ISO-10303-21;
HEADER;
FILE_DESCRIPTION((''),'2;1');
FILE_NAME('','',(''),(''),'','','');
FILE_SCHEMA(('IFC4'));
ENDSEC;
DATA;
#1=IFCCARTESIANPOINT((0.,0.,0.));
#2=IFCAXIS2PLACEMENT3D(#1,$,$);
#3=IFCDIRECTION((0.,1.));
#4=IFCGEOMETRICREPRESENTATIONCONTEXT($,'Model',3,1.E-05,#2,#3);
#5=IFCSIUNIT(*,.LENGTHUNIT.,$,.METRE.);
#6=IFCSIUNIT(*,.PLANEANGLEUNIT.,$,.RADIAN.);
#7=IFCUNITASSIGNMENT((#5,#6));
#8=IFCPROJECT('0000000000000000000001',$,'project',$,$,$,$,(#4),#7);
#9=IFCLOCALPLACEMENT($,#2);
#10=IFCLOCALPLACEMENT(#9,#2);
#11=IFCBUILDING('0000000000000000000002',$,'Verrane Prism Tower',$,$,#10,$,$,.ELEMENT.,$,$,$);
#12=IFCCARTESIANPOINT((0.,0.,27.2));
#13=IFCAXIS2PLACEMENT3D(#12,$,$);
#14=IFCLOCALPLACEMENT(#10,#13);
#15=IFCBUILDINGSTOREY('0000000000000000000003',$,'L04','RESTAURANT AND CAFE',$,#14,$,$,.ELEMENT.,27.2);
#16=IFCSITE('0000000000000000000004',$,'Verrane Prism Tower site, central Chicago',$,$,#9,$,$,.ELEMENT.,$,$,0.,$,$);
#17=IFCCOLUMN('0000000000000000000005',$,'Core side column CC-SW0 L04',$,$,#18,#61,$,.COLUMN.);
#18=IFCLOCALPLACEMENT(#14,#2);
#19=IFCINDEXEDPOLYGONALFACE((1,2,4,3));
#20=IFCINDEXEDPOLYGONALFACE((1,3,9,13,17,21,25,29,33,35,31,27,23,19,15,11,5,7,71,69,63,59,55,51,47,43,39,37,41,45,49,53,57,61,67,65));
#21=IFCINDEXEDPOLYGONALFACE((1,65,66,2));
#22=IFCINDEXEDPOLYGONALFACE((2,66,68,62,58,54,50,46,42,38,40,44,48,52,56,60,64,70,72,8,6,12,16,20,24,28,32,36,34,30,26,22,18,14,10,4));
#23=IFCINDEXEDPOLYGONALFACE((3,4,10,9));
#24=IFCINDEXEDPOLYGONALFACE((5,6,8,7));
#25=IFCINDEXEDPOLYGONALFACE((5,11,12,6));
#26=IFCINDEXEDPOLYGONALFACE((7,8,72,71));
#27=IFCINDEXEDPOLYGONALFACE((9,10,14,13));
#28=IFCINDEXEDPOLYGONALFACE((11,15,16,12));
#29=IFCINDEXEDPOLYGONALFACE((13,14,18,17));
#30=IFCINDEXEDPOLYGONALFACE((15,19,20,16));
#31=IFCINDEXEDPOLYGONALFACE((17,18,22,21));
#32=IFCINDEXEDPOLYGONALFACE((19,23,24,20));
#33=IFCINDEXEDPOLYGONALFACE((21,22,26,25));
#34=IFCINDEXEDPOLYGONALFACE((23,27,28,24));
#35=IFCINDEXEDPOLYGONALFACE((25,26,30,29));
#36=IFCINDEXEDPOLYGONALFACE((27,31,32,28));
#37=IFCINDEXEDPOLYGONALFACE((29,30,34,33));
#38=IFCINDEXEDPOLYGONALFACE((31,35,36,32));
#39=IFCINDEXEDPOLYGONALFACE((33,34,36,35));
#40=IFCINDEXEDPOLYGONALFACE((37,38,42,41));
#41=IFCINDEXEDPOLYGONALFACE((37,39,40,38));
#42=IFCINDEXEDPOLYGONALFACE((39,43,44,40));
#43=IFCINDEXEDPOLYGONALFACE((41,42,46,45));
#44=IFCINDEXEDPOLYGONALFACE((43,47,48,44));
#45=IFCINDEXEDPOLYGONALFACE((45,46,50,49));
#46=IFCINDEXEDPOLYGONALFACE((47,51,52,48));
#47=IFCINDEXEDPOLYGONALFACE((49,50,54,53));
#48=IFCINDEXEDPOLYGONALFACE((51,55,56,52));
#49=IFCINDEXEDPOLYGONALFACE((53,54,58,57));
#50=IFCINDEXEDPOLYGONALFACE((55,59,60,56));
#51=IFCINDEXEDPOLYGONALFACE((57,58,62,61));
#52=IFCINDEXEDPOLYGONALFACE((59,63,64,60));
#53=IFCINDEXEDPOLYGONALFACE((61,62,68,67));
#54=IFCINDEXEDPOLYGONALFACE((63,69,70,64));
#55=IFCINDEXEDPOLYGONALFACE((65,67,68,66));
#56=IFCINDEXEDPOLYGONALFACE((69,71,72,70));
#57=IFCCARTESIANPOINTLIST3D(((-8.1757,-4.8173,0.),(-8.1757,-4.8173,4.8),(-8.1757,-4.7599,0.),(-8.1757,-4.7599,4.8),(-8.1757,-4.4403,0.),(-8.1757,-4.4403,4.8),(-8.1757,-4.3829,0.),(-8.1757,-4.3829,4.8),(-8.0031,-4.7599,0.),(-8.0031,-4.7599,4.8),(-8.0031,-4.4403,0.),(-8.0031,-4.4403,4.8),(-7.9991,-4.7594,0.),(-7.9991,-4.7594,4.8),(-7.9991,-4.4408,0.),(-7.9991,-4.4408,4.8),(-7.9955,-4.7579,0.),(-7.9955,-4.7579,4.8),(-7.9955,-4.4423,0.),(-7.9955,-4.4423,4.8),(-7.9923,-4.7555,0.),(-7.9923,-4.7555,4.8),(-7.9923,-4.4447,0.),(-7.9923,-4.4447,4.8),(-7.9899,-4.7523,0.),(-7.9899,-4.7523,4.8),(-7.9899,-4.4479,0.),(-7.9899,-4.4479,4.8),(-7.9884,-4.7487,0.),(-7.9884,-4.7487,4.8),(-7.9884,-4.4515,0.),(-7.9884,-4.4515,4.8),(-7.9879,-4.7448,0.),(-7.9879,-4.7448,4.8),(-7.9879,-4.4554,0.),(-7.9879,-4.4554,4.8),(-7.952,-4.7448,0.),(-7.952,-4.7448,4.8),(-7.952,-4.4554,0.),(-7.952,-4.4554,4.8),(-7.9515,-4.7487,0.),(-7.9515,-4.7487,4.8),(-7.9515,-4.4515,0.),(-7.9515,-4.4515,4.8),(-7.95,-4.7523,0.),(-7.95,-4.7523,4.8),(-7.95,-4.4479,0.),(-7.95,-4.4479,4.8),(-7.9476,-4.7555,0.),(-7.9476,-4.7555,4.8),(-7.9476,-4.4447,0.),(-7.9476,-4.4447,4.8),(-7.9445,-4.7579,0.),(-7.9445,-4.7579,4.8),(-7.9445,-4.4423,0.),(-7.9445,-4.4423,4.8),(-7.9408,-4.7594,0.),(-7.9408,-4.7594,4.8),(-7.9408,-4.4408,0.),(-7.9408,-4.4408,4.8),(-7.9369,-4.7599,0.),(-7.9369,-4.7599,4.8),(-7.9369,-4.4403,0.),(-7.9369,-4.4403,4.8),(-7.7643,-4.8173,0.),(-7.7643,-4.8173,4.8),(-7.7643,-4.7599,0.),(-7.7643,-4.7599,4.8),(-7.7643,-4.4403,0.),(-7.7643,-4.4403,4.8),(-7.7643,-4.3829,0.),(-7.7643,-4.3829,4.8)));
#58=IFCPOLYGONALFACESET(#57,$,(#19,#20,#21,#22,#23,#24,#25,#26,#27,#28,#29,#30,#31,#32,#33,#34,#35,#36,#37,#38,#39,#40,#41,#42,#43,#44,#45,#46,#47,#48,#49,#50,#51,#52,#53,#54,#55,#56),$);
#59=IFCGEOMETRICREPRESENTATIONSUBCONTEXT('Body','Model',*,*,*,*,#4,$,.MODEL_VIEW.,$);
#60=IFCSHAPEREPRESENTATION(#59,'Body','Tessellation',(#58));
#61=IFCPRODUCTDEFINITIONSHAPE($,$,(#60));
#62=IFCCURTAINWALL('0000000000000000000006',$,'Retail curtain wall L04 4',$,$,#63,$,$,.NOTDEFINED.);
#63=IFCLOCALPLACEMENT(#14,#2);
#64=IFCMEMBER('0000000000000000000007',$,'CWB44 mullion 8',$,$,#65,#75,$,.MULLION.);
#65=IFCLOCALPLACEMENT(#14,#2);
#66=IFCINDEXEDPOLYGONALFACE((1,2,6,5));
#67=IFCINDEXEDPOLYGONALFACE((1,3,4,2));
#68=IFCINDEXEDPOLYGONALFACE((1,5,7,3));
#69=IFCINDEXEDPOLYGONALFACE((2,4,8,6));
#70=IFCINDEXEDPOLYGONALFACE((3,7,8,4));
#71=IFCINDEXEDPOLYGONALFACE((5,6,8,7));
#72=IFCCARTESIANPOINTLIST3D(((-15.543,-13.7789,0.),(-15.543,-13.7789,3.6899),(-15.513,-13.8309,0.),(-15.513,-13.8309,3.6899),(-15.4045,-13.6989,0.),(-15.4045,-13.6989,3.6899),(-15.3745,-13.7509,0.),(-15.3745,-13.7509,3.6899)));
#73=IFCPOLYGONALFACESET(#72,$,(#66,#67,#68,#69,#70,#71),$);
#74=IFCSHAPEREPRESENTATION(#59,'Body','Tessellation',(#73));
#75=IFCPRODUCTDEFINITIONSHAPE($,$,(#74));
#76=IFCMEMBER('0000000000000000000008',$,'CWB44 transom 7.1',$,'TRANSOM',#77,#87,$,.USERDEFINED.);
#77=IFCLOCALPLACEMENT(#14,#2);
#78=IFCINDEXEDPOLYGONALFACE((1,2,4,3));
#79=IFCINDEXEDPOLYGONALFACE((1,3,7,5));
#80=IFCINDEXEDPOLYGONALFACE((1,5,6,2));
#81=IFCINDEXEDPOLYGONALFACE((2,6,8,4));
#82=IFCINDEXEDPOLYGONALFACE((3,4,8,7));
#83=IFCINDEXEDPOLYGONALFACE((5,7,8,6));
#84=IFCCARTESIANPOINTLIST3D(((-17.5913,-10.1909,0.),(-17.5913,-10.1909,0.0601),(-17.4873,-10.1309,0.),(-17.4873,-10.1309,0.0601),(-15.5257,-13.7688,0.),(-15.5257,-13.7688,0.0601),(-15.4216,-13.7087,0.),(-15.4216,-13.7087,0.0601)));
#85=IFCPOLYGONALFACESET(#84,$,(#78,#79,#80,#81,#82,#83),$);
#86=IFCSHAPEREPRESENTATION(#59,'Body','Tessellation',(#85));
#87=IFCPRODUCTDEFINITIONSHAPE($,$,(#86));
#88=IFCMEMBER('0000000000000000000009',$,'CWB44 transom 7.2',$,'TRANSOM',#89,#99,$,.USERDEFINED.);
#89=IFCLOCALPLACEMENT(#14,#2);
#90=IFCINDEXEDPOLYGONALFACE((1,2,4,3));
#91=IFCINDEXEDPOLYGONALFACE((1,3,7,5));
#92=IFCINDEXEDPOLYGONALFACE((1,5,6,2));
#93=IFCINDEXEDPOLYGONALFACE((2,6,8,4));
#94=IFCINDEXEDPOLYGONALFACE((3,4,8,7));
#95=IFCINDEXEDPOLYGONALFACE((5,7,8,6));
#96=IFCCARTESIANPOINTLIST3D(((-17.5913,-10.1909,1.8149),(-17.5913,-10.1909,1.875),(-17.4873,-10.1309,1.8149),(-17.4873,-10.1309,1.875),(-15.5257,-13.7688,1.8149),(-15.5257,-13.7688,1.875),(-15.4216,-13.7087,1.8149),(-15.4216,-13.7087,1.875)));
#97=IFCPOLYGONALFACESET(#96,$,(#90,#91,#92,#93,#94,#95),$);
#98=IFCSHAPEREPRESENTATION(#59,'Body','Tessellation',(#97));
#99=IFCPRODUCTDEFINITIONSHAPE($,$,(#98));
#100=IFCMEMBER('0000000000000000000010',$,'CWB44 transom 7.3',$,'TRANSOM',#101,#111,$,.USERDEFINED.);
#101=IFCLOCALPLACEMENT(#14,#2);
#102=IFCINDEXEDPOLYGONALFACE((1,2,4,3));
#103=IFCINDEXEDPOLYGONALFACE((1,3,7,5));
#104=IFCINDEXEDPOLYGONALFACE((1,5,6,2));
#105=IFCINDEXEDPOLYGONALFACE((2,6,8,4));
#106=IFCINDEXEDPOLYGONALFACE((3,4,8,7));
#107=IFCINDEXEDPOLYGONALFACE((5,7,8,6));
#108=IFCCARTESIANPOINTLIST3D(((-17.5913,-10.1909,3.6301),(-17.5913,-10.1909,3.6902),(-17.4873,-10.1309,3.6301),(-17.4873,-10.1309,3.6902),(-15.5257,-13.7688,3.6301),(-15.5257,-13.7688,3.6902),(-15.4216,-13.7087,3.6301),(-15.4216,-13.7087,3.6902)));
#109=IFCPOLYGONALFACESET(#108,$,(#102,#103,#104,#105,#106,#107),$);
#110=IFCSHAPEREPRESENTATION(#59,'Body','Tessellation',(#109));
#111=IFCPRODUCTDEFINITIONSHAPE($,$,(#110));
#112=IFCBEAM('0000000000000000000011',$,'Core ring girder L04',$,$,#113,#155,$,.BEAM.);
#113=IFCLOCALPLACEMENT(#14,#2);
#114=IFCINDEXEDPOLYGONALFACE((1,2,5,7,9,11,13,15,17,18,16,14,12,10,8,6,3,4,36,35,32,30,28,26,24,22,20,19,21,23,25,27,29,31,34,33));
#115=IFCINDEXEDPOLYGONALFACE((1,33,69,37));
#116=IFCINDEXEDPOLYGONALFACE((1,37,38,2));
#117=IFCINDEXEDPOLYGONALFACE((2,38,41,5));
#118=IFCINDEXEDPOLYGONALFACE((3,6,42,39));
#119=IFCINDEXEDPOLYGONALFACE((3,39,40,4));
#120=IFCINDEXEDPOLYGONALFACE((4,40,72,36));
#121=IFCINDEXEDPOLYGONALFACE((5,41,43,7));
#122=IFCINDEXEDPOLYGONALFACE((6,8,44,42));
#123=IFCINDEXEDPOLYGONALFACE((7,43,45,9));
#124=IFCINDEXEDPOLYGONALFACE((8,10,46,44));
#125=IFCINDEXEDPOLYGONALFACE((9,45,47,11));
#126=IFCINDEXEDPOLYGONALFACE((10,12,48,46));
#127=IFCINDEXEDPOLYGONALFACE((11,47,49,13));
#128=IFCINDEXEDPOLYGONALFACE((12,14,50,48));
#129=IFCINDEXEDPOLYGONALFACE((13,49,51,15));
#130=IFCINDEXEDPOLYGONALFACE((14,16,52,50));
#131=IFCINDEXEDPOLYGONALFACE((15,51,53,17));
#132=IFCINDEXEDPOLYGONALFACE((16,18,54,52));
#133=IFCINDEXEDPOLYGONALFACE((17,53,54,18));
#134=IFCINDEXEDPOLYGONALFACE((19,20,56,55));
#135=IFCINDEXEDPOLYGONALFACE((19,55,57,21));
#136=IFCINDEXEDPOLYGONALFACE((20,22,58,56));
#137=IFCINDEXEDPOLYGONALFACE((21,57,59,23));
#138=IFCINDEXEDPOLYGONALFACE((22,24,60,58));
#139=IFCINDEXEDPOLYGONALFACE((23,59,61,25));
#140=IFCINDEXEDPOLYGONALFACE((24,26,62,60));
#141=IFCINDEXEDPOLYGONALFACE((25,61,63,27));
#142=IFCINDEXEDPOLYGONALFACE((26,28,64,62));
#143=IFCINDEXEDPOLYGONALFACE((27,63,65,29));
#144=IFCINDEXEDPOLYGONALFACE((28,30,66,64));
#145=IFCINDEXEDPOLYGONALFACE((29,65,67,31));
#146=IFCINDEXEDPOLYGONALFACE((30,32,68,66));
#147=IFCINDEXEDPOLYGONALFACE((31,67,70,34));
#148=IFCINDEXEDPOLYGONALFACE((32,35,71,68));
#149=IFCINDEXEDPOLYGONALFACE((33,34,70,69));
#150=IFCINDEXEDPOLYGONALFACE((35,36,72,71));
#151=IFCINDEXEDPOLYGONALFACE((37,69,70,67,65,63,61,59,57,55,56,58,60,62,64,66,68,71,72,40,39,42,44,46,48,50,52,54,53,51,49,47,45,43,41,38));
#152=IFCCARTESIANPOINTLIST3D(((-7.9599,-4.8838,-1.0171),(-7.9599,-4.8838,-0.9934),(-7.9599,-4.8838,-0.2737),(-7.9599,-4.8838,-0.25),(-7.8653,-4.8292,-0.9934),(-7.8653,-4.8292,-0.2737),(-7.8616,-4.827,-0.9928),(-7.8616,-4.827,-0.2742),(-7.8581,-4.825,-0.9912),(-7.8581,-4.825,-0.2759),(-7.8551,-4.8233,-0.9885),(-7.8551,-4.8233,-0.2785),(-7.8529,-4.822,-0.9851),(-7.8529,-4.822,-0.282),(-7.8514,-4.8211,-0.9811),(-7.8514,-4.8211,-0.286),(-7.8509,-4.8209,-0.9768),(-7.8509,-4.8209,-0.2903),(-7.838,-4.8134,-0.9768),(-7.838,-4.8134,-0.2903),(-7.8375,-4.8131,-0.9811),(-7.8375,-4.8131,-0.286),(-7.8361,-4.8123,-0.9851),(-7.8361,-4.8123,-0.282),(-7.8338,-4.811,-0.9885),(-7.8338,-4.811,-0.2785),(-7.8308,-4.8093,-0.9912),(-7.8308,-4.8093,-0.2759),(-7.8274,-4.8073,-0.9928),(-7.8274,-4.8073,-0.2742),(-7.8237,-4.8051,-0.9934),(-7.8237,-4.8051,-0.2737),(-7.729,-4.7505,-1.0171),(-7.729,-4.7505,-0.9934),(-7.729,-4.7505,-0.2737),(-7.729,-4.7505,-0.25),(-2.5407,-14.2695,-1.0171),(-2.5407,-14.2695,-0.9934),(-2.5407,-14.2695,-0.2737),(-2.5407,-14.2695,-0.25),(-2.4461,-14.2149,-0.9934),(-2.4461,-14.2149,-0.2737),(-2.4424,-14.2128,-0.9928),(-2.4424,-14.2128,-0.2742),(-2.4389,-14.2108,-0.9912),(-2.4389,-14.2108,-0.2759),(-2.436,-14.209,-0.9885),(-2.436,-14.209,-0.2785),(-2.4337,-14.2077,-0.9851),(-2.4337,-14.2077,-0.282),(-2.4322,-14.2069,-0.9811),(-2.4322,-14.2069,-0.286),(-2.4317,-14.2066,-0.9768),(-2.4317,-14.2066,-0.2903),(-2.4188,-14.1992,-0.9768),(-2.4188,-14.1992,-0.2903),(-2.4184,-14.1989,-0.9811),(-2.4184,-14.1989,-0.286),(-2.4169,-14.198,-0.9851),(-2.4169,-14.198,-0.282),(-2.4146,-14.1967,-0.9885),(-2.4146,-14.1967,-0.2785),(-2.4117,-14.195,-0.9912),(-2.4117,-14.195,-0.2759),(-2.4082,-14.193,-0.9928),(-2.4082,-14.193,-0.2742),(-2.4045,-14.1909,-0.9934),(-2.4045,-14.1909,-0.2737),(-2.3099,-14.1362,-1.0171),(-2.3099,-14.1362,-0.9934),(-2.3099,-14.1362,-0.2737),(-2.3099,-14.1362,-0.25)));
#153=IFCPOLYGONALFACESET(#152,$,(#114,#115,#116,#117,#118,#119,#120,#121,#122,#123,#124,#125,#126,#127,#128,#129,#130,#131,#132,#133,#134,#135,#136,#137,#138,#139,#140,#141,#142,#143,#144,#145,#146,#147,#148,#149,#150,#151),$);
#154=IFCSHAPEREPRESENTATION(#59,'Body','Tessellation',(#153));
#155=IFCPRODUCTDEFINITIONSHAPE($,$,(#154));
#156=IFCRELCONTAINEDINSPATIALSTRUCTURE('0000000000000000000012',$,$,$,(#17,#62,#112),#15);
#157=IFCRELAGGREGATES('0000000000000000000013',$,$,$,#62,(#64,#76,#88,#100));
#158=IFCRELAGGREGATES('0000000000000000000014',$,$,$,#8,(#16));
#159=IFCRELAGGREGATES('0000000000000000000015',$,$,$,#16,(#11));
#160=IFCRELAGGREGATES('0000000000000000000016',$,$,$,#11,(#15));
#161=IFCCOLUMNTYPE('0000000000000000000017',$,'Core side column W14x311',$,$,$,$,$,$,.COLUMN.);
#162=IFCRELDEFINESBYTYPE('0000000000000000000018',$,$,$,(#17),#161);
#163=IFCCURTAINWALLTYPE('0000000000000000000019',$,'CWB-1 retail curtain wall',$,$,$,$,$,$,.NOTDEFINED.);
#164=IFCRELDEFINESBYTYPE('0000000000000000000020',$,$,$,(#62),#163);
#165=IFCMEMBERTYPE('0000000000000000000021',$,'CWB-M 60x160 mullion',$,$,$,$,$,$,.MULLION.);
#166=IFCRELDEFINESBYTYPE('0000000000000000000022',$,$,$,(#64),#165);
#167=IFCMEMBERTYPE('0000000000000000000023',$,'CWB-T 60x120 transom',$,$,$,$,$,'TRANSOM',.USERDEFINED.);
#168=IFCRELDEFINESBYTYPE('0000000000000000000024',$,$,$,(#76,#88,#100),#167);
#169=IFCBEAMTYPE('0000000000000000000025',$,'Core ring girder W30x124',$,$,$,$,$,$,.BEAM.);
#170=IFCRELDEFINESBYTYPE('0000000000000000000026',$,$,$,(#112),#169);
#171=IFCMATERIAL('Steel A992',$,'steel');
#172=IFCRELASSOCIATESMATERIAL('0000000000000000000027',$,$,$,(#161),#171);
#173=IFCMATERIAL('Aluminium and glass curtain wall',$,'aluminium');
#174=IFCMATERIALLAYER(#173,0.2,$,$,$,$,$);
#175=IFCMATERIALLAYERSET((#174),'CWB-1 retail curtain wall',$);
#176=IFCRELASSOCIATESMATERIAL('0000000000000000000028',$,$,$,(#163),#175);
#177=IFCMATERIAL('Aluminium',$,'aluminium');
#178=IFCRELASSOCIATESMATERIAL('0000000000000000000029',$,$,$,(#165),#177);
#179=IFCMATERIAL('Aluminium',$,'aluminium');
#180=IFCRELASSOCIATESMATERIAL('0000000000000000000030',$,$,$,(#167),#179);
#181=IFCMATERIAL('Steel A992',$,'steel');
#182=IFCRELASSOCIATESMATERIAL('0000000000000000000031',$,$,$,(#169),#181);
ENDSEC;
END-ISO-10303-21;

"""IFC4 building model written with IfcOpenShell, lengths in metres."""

from ifc_helpers import new_model, si_unit, direction, frame, origin, origin_2d, place, context, subcontext, project, spatial, rectangle, i_section, extrude, material, layer, layer_set, material_profile, profile_set, type_object, element, aggregate, save


model = new_model("IFC4")

# Units and contexts
model_context = context("Model", 3, precision=1e-05, world=origin(), true_north=direction((0.0, 1.0)))
body_context = subcontext(model_context, "Body", "Model", "MODEL_VIEW")
ifc_project = project(units=[si_unit("LENGTHUNIT", "METRE"), si_unit("PLANEANGLEUNIT", "RADIAN")], contexts=[model_context])

# Site, building, storey
site_placement = place(None, origin())
site = spatial("IfcSite", under=ifc_project, at=site_placement, Name="Verrane Prism Tower site, central Chicago", CompositionType="ELEMENT", RefElevation=0.0)
building_placement = place(site_placement, origin())
building = spatial("IfcBuilding", under=site, at=building_placement, Name="Verrane Prism Tower", CompositionType="ELEMENT")
storey_placement = place(building_placement, frame((0.0, 0.0, 27.2)))
storey = spatial("IfcBuildingStorey", under=building, at=storey_placement, Name="L04", Description="RESTAURANT AND CAFE", CompositionType="ELEMENT", Elevation=27.2)

# Column
ifc_material_1 = material(Name="Steel A992", Category="steel")
ifc_material_profile_1 = material_profile(ifc_material_1, i_section(OverallWidth=0.4114, OverallDepth=0.4343, WebThickness=0.0359, FlangeThickness=0.0574, FilletRadius=0.0151, at=origin_2d()), Name="W14x311")
ifc_profile_set_1 = profile_set([ifc_material_profile_1], Name="Steel A992")
column_type = type_object("IfcColumnType", Name="Core side column W14x311", PredefinedType="COLUMN", material=ifc_profile_set_1)
column_placement = place(storey_placement, frame((-7.97, -4.6001, 0.0), z_axis=(0.0, 0.0, 1.0), x_axis=(1.0, 0.0, 0.0)))
element("IfcColumn", 1, at=column_placement, inside=storey, type_object=column_type, Name="Core side column CC-SW0 L04", PredefinedType="COLUMN", context=body_context, shape_type="SweptSolid", body=[
    extrude(i_section(OverallWidth=0.4114, OverallDepth=0.4343, WebThickness=0.0359, FlangeThickness=0.0574, FilletRadius=0.0151, at=origin_2d()), origin(), (0.0, 0.0, 1.0), 4.8),
])

# Curtain wall, members
ifc_material_2 = material(Name="Aluminium and glass curtain wall", Category="aluminium")
ifc_layer_1 = layer(ifc_material_2, 0.2)
ifc_layer_set_1 = layer_set([ifc_layer_1], Name="CWB-1 retail curtain wall")
curtain_wall_type = type_object("IfcCurtainWallType", Name="CWB-1 retail curtain wall", PredefinedType="NOTDEFINED", material=ifc_layer_set_1)
curtain_wall_placement = place(storey_placement, origin())
curtain_wall = element("IfcCurtainWall", 2, at=curtain_wall_placement, inside=storey, type_object=curtain_wall_type, Name="Retail curtain wall L04 4", PredefinedType="NOTDEFINED")
ifc_material_3 = material(Name="Aluminium", Category="aluminium")
ifc_material_profile_2 = material_profile(ifc_material_3, rectangle(XDim=0.1599, YDim=0.0601, at=origin_2d()), Name="CWB-M 60x160 mullion")
ifc_profile_set_2 = profile_set([ifc_material_profile_2], Name="Aluminium")
member_type_1 = type_object("IfcMemberType", Name="CWB-M 60x160 mullion", PredefinedType="MULLION", material=ifc_profile_set_2)
member_1_placement = place(storey_placement, frame((-15.4587, -13.7649, 0.0), z_axis=(0.0, 0.0, 1.0), x_axis=(0.866025, 0.5, 0.0)))
member_1 = element("IfcMember", 3, at=member_1_placement, type_object=member_type_1, Name="CWB44 mullion 8", PredefinedType="MULLION", context=body_context, shape_type="SweptSolid", body=[
    extrude(rectangle(XDim=0.1599, YDim=0.0601, at=origin_2d()), origin(), (0.0, 0.0, 1.0), 3.6899),
])
ifc_material_4 = material(Name="Aluminium", Category="aluminium")
ifc_material_profile_3 = material_profile(ifc_material_4, rectangle(XDim=0.1201, YDim=0.0601, at=origin_2d()), Name="CWB-T 60x120 transom")
ifc_profile_set_3 = profile_set([ifc_material_profile_3], Name="Aluminium")
member_type_2 = type_object("IfcMemberType", Name="CWB-T 60x120 transom", ElementType="TRANSOM", PredefinedType="USERDEFINED", material=ifc_profile_set_3)
member_2_placement = place(storey_placement, frame((-17.5393, -10.1609, 0.03), z_axis=(0.499997, -0.866027, 0.0), x_axis=(0.866027, 0.499997, 0.0)))
member_2 = element("IfcMember", 4, at=member_2_placement, type_object=member_type_2, Name="CWB44 transom 7.1", ObjectType="TRANSOM", PredefinedType="USERDEFINED", context=body_context, shape_type="SweptSolid", body=[
    extrude(rectangle(XDim=0.1201, YDim=0.0601, at=origin_2d()), origin(), (0.0, 0.0, 1.0), 4.1313),
])
member_3_placement = place(storey_placement, frame((-17.5393, -10.1609, 1.845), z_axis=(0.499997, -0.866027, 0.0), x_axis=(0.866027, 0.499997, 0.0)))
member_3 = element("IfcMember", 5, at=member_3_placement, type_object=member_type_2, Name="CWB44 transom 7.2", ObjectType="TRANSOM", PredefinedType="USERDEFINED", context=body_context, shape_type="SweptSolid", body=[
    extrude(rectangle(XDim=0.1201, YDim=0.0601, at=origin_2d()), origin(), (0.0, 0.0, 1.0), 4.1313),
])
member_4_placement = place(storey_placement, frame((-17.5393, -10.1609, 3.6602), z_axis=(0.499997, -0.866027, 0.0), x_axis=(0.866027, 0.499997, 0.0)))
member_4 = element("IfcMember", 6, at=member_4_placement, type_object=member_type_2, Name="CWB44 transom 7.3", ObjectType="TRANSOM", PredefinedType="USERDEFINED", context=body_context, shape_type="SweptSolid", body=[
    extrude(rectangle(XDim=0.1201, YDim=0.0601, at=origin_2d()), origin(), (0.0, 0.0, 1.0), 4.1313),
])

# Beam
ifc_material_5 = material(Name="Steel A992", Category="steel")
ifc_material_profile_4 = material_profile(ifc_material_5, i_section(OverallWidth=0.2666, OverallDepth=0.7671, WebThickness=0.0149, FlangeThickness=0.0237, FilletRadius=0.0166, at=origin_2d()), Name="W30x124")
ifc_profile_set_4 = profile_set([ifc_material_profile_4], Name="Steel A992")
beam_type_1 = type_object("IfcBeamType", Name="Core ring girder W30x124", PredefinedType="BEAM", material=ifc_profile_set_4)
beam_1_placement = place(storey_placement, frame((-7.8445, -4.8171, -0.6335), z_axis=(0.500023, -0.866012, 0.0), x_axis=(0.866012, 0.500023, 0.0)))
element("IfcBeam", 7, at=beam_1_placement, inside=storey, type_object=beam_type_1, Name="Core ring girder L04", PredefinedType="BEAM", context=body_context, shape_type="SweptSolid", body=[
    extrude(i_section(OverallWidth=0.2666, OverallDepth=0.7671, WebThickness=0.0149, FlangeThickness=0.0237, FilletRadius=0.0166, at=origin_2d()), origin(), (0.0, 0.0, 1.0), 10.8379),
])

aggregate(curtain_wall, [member_1, member_2, member_3, member_4])

save(model, "model.ifc")
